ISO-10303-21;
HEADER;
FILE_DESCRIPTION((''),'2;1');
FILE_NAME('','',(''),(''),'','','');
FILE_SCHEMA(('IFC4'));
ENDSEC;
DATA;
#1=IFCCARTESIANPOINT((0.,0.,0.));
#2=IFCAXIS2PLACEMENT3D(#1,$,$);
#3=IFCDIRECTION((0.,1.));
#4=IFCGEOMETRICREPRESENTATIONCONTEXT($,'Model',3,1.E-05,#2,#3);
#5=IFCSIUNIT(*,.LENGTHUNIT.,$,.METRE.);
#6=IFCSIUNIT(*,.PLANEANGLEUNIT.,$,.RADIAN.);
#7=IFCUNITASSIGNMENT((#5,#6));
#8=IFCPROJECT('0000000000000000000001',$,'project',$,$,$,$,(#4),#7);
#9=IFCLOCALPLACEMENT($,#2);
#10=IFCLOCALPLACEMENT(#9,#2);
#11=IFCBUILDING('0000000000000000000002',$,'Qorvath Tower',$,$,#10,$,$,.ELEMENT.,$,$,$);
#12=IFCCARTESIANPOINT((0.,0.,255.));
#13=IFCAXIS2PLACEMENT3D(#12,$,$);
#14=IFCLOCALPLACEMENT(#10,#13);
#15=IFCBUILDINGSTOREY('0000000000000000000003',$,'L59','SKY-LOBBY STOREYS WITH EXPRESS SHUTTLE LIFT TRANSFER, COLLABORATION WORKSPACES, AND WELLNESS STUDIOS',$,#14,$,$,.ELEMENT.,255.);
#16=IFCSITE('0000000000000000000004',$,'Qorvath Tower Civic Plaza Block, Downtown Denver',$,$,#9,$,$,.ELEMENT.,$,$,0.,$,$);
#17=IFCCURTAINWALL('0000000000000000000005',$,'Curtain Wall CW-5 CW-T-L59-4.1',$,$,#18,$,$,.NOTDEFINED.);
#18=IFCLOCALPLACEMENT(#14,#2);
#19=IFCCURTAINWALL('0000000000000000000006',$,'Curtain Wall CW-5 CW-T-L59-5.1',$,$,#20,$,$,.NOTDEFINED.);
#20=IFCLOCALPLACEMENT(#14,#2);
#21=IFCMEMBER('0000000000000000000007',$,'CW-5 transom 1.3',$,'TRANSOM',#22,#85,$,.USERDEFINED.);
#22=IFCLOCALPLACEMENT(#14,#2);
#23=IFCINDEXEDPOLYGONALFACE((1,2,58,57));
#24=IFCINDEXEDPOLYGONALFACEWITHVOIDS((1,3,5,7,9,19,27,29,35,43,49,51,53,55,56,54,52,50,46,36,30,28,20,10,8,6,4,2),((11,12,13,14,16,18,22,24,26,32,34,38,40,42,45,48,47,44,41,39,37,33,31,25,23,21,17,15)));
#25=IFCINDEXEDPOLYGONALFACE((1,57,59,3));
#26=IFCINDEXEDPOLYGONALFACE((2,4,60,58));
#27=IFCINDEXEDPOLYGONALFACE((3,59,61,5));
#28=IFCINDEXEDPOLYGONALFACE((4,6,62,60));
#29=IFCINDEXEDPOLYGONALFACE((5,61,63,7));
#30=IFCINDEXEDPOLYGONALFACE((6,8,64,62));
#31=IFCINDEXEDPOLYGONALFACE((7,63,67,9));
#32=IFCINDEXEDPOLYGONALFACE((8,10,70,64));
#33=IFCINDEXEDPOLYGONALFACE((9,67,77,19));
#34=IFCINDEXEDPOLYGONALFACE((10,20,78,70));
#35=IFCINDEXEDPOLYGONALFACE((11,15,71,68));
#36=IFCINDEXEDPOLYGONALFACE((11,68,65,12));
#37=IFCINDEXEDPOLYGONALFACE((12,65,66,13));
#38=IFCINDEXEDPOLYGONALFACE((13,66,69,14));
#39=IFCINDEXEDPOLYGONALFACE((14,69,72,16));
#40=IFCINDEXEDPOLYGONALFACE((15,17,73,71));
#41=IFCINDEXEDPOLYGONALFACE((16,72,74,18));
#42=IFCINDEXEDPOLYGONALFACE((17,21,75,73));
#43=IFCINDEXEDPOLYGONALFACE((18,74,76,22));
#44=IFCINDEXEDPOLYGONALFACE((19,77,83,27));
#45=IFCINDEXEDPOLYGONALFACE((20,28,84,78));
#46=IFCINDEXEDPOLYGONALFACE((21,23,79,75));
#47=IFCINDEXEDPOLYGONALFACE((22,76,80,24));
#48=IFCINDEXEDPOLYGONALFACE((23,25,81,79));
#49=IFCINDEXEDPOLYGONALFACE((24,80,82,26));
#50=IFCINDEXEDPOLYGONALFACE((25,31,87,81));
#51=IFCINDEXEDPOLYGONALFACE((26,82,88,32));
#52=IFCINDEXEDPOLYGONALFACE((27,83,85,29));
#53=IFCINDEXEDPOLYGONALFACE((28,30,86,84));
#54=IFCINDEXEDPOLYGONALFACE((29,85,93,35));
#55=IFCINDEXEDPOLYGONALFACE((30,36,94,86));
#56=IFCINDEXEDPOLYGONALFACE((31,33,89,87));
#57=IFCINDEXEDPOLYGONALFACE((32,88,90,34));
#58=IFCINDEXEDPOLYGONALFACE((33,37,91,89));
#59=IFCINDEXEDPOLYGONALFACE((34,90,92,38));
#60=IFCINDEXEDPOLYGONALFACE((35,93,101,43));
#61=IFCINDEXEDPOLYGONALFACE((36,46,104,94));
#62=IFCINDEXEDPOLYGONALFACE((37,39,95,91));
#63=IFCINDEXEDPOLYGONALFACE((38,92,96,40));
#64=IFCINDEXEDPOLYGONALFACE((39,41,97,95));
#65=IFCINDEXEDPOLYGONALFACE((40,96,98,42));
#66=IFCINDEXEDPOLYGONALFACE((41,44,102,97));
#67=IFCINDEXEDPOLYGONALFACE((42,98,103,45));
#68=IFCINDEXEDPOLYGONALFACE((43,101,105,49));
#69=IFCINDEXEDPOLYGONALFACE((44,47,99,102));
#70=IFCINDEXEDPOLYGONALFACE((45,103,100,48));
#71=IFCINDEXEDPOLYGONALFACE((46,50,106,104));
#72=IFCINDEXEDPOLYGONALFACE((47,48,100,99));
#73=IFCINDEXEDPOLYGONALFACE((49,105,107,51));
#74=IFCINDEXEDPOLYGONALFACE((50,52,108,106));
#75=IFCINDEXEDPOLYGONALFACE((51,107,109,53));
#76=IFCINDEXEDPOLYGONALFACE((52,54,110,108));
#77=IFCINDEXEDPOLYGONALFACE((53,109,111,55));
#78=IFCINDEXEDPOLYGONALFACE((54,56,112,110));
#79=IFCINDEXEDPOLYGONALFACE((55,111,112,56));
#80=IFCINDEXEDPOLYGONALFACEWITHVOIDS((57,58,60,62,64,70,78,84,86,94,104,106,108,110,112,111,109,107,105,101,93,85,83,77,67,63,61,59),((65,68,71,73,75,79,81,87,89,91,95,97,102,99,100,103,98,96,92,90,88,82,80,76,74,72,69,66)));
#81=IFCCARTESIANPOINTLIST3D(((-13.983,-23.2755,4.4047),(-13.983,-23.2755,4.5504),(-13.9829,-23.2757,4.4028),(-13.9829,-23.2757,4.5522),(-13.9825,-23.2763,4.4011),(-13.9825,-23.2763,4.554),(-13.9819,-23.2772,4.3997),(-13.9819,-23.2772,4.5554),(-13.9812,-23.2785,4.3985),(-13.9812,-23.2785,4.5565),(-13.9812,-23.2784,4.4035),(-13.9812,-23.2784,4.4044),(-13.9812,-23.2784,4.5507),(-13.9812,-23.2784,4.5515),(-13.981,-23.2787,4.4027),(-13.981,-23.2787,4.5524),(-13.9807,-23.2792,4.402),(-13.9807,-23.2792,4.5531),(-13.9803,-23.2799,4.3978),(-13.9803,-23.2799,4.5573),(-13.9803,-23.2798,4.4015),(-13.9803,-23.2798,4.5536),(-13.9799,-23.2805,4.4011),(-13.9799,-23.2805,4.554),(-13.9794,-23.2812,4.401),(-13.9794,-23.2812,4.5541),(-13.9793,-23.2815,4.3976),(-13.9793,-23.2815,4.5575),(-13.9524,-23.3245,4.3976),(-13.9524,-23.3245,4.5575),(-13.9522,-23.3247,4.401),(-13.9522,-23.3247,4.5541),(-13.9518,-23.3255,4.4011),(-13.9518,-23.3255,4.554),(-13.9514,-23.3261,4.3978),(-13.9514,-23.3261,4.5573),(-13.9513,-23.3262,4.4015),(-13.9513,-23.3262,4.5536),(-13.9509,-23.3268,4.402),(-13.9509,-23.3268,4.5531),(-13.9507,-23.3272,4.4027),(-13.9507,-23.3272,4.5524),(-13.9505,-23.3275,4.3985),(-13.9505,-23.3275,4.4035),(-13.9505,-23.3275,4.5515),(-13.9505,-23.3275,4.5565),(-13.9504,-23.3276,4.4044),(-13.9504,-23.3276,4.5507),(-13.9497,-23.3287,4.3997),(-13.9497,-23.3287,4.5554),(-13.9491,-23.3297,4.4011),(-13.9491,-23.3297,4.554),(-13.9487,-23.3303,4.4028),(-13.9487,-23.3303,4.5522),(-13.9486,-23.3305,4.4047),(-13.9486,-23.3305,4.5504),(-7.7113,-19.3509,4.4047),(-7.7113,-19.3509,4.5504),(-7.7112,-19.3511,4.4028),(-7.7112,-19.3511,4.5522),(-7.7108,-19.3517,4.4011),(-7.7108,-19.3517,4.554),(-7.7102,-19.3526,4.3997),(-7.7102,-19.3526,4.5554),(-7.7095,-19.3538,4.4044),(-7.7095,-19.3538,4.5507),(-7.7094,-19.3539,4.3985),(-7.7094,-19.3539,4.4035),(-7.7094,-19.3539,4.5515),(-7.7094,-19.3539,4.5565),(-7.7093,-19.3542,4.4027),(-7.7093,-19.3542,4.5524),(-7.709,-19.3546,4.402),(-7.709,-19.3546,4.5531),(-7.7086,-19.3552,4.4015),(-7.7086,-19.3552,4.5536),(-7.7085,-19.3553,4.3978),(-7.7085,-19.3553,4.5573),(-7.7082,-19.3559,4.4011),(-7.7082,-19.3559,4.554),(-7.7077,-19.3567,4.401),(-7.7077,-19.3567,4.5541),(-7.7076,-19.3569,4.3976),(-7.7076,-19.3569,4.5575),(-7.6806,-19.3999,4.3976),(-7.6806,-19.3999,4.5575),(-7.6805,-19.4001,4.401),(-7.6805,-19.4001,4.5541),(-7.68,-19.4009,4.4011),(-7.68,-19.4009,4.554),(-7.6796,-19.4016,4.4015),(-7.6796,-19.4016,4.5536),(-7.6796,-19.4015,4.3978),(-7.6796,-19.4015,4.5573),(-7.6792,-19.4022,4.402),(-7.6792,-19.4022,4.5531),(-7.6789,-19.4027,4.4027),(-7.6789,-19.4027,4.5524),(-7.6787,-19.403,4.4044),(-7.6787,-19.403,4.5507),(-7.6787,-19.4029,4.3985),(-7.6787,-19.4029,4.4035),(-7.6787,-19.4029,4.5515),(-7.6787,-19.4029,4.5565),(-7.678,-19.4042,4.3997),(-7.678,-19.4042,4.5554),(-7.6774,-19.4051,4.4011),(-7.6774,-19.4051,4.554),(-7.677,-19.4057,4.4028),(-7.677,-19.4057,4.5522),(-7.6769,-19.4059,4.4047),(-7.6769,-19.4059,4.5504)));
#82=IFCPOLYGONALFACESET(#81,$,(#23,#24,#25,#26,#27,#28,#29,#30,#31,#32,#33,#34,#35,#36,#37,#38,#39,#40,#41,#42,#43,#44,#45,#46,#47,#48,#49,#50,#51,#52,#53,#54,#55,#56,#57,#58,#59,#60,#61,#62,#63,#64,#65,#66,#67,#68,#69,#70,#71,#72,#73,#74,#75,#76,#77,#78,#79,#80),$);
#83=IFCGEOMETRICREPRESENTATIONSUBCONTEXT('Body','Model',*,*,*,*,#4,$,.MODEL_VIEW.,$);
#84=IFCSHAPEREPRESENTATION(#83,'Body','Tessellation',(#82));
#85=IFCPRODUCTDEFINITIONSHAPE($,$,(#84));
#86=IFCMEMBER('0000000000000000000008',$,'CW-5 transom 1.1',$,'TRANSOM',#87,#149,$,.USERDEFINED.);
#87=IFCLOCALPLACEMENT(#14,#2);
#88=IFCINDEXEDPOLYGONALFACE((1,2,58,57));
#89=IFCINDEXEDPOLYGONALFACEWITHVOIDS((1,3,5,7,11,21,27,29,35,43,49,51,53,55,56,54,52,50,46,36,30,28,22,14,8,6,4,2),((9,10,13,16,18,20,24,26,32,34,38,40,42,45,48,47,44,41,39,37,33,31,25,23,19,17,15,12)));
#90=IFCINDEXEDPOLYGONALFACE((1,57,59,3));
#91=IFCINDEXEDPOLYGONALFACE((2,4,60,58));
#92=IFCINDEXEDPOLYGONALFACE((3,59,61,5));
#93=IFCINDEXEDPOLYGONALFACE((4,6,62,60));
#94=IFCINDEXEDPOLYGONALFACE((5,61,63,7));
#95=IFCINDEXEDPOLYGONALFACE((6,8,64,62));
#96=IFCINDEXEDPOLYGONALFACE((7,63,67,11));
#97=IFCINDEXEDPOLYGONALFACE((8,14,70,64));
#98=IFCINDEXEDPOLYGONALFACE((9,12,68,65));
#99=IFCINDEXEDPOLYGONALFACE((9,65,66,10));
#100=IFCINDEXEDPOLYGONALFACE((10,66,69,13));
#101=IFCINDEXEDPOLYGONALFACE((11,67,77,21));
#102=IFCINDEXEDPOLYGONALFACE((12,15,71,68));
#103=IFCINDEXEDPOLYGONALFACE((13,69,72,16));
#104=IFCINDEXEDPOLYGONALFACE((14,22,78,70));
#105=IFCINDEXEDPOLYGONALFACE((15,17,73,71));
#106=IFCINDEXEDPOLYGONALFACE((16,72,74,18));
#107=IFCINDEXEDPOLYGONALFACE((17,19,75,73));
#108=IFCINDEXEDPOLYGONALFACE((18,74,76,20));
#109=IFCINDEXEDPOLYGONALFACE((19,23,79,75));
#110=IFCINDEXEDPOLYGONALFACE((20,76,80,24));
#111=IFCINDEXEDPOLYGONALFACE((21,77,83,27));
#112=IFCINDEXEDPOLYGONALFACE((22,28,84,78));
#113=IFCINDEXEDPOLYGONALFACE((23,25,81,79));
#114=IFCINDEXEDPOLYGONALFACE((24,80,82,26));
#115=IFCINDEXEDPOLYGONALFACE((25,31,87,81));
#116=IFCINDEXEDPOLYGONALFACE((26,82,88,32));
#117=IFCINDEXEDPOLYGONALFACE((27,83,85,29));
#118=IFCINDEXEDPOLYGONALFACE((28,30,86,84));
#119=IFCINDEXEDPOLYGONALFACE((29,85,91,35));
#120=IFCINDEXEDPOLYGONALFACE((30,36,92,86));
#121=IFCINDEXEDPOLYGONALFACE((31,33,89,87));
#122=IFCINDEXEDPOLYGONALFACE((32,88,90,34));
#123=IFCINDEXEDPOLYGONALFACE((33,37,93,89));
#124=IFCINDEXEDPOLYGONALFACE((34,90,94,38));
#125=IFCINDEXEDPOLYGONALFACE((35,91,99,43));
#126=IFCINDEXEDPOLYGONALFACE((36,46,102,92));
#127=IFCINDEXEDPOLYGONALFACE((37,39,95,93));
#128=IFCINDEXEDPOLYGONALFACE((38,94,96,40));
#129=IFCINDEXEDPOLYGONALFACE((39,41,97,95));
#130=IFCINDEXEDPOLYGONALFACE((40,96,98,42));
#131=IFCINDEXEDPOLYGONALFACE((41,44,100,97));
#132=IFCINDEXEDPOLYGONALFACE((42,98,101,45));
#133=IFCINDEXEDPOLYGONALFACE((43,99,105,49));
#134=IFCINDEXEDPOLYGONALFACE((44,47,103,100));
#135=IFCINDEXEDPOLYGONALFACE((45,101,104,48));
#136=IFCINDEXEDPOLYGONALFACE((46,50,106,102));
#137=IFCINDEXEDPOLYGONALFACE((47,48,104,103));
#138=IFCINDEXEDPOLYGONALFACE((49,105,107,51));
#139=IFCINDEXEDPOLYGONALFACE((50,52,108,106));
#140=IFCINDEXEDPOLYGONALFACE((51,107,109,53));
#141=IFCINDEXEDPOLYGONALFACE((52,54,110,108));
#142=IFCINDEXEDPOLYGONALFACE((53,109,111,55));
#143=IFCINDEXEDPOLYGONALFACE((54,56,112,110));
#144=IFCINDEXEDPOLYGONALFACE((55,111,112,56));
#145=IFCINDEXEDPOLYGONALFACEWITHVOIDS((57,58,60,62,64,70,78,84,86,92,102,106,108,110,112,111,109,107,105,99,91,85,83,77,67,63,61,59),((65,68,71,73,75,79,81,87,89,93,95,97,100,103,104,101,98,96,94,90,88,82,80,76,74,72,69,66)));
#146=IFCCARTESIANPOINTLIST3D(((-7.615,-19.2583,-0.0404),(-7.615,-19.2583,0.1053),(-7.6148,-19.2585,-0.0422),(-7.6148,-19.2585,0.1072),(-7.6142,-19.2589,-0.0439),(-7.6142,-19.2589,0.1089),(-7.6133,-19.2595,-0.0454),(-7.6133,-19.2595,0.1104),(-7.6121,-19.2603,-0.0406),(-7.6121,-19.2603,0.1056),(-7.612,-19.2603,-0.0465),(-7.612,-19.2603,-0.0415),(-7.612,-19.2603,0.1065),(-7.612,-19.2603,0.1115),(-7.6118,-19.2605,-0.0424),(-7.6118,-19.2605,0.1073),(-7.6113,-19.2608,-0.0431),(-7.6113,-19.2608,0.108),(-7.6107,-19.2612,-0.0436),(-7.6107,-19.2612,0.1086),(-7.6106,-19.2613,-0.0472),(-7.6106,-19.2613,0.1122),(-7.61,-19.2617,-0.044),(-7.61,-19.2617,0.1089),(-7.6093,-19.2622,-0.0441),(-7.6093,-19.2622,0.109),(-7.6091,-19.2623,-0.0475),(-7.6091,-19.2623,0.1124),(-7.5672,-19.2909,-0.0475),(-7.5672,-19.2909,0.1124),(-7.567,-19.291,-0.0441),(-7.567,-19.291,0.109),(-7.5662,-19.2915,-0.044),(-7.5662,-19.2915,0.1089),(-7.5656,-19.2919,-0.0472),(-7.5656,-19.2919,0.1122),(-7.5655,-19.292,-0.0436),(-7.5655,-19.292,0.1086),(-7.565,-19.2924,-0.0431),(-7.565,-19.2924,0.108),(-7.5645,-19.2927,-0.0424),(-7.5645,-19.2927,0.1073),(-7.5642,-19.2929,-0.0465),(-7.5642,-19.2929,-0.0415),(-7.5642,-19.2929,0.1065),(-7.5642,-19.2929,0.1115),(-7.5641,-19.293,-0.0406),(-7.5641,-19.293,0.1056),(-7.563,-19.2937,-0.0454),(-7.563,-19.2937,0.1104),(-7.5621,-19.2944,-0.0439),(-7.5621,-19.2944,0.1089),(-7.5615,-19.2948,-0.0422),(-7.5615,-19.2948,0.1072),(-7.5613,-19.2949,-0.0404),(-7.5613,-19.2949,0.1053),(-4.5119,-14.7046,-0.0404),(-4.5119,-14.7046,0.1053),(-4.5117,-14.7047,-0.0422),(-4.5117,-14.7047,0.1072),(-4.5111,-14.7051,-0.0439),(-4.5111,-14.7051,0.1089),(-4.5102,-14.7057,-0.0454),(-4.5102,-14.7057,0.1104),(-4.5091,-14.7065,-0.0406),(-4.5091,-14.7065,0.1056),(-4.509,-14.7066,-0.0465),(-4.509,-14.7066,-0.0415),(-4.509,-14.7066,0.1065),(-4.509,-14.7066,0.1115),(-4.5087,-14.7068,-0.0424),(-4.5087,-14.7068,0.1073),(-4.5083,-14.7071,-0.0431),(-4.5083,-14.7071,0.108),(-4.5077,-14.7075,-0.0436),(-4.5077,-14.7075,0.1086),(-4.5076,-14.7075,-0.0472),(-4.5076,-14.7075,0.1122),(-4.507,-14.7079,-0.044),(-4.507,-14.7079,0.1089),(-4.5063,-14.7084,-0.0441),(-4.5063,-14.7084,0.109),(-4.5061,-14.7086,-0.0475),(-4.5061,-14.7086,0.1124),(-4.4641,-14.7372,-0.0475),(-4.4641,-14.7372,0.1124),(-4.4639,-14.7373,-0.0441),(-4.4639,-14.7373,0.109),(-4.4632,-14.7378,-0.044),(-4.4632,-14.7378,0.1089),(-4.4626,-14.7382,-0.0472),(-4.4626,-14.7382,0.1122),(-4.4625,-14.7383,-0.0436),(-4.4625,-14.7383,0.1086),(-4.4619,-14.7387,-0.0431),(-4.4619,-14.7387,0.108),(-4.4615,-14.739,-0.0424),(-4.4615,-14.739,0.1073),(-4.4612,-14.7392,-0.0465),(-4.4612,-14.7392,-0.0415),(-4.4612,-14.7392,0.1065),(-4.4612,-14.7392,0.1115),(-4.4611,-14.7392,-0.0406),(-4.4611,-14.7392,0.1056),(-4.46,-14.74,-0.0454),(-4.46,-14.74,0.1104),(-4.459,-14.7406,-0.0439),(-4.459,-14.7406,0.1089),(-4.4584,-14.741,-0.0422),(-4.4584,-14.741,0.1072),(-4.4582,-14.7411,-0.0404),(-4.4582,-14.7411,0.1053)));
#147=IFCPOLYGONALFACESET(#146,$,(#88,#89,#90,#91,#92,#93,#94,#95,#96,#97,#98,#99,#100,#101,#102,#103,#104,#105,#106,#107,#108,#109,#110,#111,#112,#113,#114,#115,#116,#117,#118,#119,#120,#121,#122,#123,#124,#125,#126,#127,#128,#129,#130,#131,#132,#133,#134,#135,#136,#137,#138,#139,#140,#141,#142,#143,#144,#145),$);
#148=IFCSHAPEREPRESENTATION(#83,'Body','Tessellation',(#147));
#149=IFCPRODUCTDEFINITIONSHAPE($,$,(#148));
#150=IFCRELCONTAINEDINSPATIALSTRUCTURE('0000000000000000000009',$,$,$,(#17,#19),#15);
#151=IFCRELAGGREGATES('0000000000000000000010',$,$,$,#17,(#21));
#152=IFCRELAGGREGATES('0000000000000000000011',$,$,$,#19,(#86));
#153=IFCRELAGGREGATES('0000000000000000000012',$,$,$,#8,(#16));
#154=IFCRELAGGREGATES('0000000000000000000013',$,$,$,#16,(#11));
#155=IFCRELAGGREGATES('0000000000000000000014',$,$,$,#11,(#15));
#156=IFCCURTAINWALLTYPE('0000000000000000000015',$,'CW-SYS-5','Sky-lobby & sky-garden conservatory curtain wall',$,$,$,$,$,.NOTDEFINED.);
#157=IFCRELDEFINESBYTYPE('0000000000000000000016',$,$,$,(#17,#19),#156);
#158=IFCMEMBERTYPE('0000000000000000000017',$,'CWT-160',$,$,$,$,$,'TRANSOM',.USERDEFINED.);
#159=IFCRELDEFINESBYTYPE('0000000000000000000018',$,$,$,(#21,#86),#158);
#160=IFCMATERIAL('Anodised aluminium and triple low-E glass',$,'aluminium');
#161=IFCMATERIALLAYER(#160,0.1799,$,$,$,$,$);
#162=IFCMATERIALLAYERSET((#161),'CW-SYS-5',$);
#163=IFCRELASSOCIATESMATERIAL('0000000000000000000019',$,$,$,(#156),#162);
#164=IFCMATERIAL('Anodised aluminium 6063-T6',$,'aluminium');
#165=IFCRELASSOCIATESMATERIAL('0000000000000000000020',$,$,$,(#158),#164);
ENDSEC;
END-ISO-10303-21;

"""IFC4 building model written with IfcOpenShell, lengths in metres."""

from ifc_helpers import new_model, si_unit, direction, frame, origin, origin_2d, place, context, subcontext, project, spatial, hollow_rectangle, extrude, material, layer, layer_set, material_profile, profile_set, type_object, element, aggregate, save


model = new_model("IFC4")

# Units and contexts
model_context = context("Model", 3, precision=1e-05, world=origin(), true_north=direction((0.0, 1.0)))
body_context = subcontext(model_context, "Body", "Model", "MODEL_VIEW")
ifc_project = project(units=[si_unit("LENGTHUNIT", "METRE"), si_unit("PLANEANGLEUNIT", "RADIAN")], contexts=[model_context])

# Site, building, storey
site_placement = place(None, origin())
site = spatial("IfcSite", under=ifc_project, at=site_placement, Name="Qorvath Tower Civic Plaza Block, Downtown Denver", CompositionType="ELEMENT", RefElevation=0.0)
building_placement = place(site_placement, origin())
building = spatial("IfcBuilding", under=site, at=building_placement, Name="Qorvath Tower", CompositionType="ELEMENT")
storey_placement = place(building_placement, frame((0.0, 0.0, 255.0)))
storey = spatial("IfcBuildingStorey", under=building, at=storey_placement, Name="L59", Description="SKY-LOBBY STOREYS WITH EXPRESS SHUTTLE LIFT TRANSFER, COLLABORATION WORKSPACES, AND WELLNESS STUDIOS", CompositionType="ELEMENT", Elevation=255.0)

# Curtain wall
ifc_material_1 = material(Name="Anodised aluminium and triple low-E glass", Category="aluminium")
ifc_layer_1 = layer(ifc_material_1, 0.1799)
ifc_layer_set_1 = layer_set([ifc_layer_1], Name="CW-SYS-5")
curtain_wall_type = type_object("IfcCurtainWallType", Name="CW-SYS-5", Description="Sky-lobby & sky-garden conservatory curtain wall", PredefinedType="NOTDEFINED", material=ifc_layer_set_1)
curtain_wall_1_placement = place(storey_placement, origin())
curtain_wall_1 = element("IfcCurtainWall", 1, at=curtain_wall_1_placement, inside=storey, type_object=curtain_wall_type, Name="Curtain Wall CW-5 CW-T-L59-4.1", PredefinedType="NOTDEFINED")

# Curtain wall
curtain_wall_2_placement = place(storey_placement, origin())
curtain_wall_2 = element("IfcCurtainWall", 2, at=curtain_wall_2_placement, inside=storey, type_object=curtain_wall_type, Name="Curtain Wall CW-5 CW-T-L59-5.1", PredefinedType="NOTDEFINED")

# Members
ifc_material_2 = material(Name="Anodised aluminium 6063-T6", Category="aluminium")
ifc_material_profile_1 = material_profile(ifc_material_2, hollow_rectangle(XDim=0.0649, YDim=0.1599, WallThickness=0.0034, InnerFilletRadius=0.0034, OuterFilletRadius=0.0071, at=origin_2d()), Name="CWT 160x65")
ifc_profile_set_1 = profile_set([ifc_material_profile_1], Name="Anodised aluminium 6063-T6")
member_type_1 = type_object("IfcMemberType", Name="CWT-160", ElementType="TRANSOM", PredefinedType="USERDEFINED", material=ifc_profile_set_1)
member_1_placement = place(storey_placement, frame((-13.9658, -23.303, 4.4775), z_axis=(0.847711, 0.530459, 0.0), x_axis=(-0.530459, 0.847711, 0.0)))
member_1 = element("IfcMember", 3, at=member_1_placement, type_object=member_type_1, Name="CW-5 transom 1.3", ObjectType="TRANSOM", PredefinedType="USERDEFINED", context=body_context, shape_type="SweptSolid", body=[
    extrude(hollow_rectangle(XDim=0.0649, YDim=0.1599, WallThickness=0.0034, InnerFilletRadius=0.0034, OuterFilletRadius=0.0071, at=origin_2d()), origin(), (0.0, 0.0, 1.0), 7.3984),
])
member_2_placement = place(storey_placement, frame((-7.5881, -19.2766, 0.0325), z_axis=(0.563117, 0.826377, 0.0), x_axis=(-0.826377, 0.563117, 0.0)))
member_2 = element("IfcMember", 4, at=member_2_placement, type_object=member_type_1, Name="CW-5 transom 1.1", ObjectType="TRANSOM", PredefinedType="USERDEFINED", context=body_context, shape_type="SweptSolid", body=[
    extrude(hollow_rectangle(XDim=0.0649, YDim=0.1599, WallThickness=0.0034, InnerFilletRadius=0.0034, OuterFilletRadius=0.0071, at=origin_2d()), origin(), (0.0, 0.0, 1.0), 5.5105),
])

aggregate(curtain_wall_1, [member_1])
aggregate(curtain_wall_2, [member_2])

save(model, "model.ifc")
